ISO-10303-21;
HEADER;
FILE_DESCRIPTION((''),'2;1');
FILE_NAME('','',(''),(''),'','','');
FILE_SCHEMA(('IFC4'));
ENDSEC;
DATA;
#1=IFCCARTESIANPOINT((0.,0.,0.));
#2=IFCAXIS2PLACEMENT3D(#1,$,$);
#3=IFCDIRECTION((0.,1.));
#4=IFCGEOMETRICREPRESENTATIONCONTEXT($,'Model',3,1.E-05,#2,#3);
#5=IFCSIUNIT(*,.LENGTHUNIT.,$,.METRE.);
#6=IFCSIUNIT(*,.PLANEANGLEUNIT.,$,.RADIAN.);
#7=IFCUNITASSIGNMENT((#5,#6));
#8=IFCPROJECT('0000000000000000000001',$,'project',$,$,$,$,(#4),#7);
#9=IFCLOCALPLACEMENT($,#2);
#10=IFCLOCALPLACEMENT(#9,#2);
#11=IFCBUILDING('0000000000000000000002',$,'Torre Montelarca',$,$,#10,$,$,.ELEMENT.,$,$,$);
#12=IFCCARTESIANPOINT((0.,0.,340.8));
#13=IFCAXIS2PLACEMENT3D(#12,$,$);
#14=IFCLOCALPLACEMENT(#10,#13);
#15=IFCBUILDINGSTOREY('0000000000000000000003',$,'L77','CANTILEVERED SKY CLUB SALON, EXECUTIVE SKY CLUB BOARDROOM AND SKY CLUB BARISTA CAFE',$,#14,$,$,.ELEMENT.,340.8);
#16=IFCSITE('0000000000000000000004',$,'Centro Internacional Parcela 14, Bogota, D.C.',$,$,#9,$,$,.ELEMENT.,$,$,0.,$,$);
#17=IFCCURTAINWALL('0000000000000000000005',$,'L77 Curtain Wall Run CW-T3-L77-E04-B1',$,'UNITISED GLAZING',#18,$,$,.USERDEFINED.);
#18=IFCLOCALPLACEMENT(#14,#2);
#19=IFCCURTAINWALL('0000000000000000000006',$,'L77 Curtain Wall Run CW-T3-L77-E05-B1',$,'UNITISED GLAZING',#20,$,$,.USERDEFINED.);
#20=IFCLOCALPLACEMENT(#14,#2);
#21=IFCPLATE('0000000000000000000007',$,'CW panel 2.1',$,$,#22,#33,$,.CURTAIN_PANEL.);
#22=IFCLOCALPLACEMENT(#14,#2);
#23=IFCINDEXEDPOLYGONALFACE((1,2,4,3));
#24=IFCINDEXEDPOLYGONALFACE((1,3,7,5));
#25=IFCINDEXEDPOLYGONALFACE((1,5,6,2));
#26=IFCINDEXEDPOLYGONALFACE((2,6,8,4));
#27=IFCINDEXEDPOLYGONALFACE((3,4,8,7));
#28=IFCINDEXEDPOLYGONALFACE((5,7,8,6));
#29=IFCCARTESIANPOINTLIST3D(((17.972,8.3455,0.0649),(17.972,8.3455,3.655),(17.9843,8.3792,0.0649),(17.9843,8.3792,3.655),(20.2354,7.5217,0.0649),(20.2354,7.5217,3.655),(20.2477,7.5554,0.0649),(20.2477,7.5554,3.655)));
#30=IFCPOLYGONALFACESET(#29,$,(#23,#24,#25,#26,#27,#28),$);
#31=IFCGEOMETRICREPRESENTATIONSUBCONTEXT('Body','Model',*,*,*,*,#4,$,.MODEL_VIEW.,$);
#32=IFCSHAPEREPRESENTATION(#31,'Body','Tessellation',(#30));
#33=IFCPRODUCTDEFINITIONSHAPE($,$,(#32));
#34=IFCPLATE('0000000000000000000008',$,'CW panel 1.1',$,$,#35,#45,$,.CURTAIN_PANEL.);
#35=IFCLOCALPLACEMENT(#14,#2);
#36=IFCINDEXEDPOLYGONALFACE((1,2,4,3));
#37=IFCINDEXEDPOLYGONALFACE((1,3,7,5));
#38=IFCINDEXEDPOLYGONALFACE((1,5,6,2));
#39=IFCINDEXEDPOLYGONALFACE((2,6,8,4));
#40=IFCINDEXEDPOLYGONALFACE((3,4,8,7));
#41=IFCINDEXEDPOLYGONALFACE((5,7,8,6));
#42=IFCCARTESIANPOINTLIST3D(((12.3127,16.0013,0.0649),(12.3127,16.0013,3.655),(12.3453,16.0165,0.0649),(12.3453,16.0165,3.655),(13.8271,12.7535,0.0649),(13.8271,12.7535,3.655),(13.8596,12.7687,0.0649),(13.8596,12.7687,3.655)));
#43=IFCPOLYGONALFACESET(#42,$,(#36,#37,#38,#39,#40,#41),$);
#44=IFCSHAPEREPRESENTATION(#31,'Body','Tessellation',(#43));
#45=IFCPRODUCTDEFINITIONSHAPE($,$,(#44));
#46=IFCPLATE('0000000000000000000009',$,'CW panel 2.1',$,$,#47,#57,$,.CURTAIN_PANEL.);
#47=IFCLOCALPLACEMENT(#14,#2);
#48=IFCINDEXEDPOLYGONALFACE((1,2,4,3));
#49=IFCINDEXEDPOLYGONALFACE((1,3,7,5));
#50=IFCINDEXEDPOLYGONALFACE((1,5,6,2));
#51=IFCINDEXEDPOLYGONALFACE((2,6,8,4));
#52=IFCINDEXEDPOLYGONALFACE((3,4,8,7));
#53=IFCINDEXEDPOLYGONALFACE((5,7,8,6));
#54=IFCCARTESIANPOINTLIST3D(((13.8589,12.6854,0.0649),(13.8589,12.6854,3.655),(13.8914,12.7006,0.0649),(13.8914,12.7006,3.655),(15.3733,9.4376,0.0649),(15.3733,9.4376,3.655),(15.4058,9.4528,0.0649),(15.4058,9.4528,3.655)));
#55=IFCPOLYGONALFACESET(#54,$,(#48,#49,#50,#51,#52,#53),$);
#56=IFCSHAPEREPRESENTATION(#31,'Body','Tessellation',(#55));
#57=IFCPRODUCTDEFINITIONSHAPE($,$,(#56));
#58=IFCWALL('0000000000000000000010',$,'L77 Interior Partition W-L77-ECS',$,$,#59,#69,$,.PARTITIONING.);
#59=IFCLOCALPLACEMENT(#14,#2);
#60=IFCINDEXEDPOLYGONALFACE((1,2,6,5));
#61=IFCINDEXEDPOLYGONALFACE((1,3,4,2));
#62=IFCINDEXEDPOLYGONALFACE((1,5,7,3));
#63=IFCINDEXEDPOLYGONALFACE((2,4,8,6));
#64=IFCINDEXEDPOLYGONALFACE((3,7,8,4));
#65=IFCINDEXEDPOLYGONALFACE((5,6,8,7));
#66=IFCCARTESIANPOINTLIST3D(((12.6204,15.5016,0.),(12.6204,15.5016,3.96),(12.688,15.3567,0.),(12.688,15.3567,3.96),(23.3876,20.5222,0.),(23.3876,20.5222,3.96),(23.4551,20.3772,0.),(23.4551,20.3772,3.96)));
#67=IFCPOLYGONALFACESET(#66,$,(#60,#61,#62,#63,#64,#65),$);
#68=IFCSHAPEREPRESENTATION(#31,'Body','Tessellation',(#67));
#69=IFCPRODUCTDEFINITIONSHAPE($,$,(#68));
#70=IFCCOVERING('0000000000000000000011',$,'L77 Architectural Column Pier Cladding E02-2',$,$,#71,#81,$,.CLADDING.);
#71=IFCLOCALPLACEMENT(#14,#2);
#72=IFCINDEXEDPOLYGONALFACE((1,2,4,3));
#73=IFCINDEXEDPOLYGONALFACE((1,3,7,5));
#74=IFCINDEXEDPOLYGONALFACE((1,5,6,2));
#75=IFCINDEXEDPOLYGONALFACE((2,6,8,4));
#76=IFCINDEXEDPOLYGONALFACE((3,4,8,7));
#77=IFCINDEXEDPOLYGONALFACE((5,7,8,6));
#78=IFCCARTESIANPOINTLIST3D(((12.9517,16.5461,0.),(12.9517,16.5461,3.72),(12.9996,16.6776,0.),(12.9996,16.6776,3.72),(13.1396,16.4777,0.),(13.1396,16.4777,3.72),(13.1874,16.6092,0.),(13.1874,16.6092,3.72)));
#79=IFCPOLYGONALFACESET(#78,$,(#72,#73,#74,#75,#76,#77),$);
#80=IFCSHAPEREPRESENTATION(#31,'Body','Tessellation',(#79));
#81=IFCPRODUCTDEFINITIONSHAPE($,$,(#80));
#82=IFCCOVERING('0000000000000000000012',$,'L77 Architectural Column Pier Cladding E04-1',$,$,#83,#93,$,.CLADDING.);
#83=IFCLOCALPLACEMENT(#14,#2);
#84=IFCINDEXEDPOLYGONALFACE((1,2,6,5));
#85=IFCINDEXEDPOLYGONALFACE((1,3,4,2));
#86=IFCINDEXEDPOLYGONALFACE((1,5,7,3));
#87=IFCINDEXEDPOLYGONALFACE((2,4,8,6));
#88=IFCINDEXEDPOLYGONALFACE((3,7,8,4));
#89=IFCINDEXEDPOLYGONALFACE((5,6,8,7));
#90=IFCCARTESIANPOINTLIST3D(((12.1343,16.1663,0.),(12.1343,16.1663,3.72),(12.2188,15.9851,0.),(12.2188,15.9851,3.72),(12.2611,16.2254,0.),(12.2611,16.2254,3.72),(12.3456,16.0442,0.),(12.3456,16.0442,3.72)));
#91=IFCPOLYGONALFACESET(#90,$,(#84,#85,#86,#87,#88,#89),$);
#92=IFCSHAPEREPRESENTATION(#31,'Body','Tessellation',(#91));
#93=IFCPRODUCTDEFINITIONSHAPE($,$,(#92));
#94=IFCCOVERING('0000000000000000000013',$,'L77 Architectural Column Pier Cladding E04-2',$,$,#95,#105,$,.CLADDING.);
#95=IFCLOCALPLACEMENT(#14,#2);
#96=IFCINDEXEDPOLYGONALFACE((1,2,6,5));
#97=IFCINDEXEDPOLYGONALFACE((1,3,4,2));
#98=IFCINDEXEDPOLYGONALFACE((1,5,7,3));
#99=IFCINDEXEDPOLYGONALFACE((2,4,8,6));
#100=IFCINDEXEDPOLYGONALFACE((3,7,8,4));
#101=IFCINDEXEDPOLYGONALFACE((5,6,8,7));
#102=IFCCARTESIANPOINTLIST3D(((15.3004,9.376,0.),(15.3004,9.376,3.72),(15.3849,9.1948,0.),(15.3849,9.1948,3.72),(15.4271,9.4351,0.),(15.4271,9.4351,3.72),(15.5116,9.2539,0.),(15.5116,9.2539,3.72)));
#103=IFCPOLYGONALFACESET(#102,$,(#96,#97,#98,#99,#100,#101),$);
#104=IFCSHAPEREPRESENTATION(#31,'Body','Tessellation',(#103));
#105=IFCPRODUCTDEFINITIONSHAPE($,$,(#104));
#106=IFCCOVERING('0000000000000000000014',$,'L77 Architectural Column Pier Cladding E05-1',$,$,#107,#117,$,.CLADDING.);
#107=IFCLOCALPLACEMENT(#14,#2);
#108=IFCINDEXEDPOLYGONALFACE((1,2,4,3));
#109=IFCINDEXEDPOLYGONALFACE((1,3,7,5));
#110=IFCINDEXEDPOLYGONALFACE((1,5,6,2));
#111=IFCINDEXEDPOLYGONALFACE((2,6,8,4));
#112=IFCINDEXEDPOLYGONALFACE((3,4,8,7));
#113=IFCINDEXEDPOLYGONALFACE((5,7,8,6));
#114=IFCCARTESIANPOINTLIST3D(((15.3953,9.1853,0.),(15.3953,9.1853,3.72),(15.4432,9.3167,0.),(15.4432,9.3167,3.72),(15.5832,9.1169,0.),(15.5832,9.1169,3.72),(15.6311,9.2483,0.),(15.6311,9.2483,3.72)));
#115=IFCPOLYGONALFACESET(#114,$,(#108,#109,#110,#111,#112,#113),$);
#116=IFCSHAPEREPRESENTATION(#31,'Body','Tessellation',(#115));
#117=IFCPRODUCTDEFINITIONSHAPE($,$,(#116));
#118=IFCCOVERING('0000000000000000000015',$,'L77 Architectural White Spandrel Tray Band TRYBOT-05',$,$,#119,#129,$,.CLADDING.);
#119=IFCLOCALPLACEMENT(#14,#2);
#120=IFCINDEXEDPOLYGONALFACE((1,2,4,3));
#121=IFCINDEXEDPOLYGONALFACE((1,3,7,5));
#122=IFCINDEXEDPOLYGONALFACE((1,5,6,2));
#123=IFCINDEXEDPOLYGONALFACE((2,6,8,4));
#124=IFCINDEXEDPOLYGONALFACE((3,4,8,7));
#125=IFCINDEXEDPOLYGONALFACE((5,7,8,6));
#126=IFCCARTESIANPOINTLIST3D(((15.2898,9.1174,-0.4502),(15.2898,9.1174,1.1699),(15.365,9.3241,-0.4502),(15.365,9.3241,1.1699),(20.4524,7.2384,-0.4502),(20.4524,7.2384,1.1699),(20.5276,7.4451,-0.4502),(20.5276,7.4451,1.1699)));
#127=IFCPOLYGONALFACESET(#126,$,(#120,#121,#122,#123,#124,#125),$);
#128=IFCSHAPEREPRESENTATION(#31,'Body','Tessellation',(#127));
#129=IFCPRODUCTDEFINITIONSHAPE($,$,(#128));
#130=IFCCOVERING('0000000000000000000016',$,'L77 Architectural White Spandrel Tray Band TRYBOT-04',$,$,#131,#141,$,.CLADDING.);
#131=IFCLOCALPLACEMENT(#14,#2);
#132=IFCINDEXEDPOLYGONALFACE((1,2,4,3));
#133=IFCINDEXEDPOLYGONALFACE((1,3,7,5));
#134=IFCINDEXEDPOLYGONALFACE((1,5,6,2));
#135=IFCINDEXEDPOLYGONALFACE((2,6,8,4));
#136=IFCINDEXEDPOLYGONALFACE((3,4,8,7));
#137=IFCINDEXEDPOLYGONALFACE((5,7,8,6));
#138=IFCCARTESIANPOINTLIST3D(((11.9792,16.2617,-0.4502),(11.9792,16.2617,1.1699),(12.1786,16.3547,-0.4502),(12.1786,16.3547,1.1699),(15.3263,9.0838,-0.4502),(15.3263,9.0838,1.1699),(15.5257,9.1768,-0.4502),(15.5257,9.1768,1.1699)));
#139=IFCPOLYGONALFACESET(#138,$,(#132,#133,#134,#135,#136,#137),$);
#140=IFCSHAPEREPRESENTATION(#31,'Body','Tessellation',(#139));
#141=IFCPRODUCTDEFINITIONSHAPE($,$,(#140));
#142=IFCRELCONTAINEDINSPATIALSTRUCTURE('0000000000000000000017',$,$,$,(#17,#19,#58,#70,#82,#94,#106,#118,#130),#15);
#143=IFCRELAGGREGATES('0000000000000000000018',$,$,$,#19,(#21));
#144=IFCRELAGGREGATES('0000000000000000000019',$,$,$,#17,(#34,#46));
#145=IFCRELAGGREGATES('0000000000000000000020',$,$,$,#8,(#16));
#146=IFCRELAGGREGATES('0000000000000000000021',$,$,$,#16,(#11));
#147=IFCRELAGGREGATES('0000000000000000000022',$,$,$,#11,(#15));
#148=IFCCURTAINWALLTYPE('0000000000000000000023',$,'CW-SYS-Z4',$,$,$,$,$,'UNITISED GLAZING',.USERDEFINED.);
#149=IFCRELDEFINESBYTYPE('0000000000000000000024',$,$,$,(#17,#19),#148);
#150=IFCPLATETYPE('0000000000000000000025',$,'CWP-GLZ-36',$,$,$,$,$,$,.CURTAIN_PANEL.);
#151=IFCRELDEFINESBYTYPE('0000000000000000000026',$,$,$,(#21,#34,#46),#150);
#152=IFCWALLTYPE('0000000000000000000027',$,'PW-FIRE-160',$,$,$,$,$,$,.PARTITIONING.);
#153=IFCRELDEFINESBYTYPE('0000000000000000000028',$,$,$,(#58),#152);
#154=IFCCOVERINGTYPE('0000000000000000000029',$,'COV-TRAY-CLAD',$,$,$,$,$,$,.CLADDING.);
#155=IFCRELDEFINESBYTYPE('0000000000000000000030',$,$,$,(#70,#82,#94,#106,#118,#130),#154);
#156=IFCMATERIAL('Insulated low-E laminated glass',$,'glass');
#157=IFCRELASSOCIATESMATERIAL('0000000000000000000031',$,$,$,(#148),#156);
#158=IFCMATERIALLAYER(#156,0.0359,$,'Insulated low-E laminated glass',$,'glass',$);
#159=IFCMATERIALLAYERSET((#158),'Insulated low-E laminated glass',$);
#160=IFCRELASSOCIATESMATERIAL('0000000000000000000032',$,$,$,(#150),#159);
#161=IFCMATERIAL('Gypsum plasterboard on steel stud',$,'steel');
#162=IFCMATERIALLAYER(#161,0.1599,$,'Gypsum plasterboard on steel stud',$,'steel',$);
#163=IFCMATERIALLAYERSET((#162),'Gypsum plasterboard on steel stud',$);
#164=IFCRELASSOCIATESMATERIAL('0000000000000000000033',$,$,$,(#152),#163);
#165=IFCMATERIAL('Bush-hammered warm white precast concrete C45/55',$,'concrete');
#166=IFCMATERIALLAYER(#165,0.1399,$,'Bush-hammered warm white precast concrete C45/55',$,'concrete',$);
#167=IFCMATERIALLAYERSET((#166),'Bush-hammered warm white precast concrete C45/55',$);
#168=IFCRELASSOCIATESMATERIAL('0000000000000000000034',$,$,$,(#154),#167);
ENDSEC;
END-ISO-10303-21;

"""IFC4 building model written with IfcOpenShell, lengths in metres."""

from ifc_helpers import new_model, si_unit, direction, frame, frame_2d, origin, origin_2d, place, context, subcontext, project, spatial, rectangle, extrude, source, transform, mapped, material, layer, layer_set, type_object, element, aggregate, save


model = new_model("IFC4")

# Units and contexts
model_context = context("Model", 3, precision=1e-05, world=origin(), true_north=direction((0.0, 1.0)))
body_context = subcontext(model_context, "Body", "Model", "MODEL_VIEW")
ifc_project = project(units=[si_unit("LENGTHUNIT", "METRE"), si_unit("PLANEANGLEUNIT", "RADIAN")], contexts=[model_context])

# Site, building, storey
site_placement = place(None, origin())
site = spatial("IfcSite", under=ifc_project, at=site_placement, Name="Centro Internacional Parcela 14, Bogota, D.C.", CompositionType="ELEMENT", RefElevation=0.0)
building_placement = place(site_placement, origin())
building = spatial("IfcBuilding", under=site, at=building_placement, Name="Torre Montelarca", CompositionType="ELEMENT")
storey_placement = place(building_placement, frame((0.0, 0.0, 340.8)))
storey = spatial("IfcBuildingStorey", under=building, at=storey_placement, Name="L77", Description="CANTILEVERED SKY CLUB SALON, EXECUTIVE SKY CLUB BOARDROOM AND SKY CLUB BARISTA CAFE", CompositionType="ELEMENT", Elevation=340.8)

# Shared definitions
ifc_material_1 = material(Name="Insulated low-E laminated glass", Category="glass")
curtain_wall_type = type_object("IfcCurtainWallType", Name="CW-SYS-Z4", ElementType="UNITISED GLAZING", PredefinedType="USERDEFINED", material=ifc_material_1)

# Curtain walls
curtain_wall_1_placement = place(storey_placement, origin())
curtain_wall_1 = element("IfcCurtainWall", 1, at=curtain_wall_1_placement, inside=storey, type_object=curtain_wall_type, Name="L77 Curtain Wall Run CW-T3-L77-E04-B1", ObjectType="UNITISED GLAZING", PredefinedType="USERDEFINED")
curtain_wall_2_placement = place(storey_placement, origin())
curtain_wall_2 = element("IfcCurtainWall", 2, at=curtain_wall_2_placement, inside=storey, type_object=curtain_wall_type, Name="L77 Curtain Wall Run CW-T3-L77-E05-B1", ObjectType="UNITISED GLAZING", PredefinedType="USERDEFINED")

# Plates
ifc_layer_1 = layer(ifc_material_1, 0.0359, Name="Insulated low-E laminated glass", Category="glass")
ifc_layer_set_1 = layer_set([ifc_layer_1], Name="Insulated low-E laminated glass")
plate_type = type_object("IfcPlateType", Name="CWP-GLZ-36", PredefinedType="CURTAIN_PANEL", material=ifc_layer_set_1)
shared_shape_1 = source(origin(), body_context, "Body", "SweptSolid", [
    extrude(rectangle(XDim=2.4087, YDim=0.0359, at=origin_2d()), origin(), (0.0, 0.0, 1.0), 3.5901),
])
plate_1_placement = place(storey_placement, frame((19.1099, 7.9504, 0.0649), z_axis=(0.0, 0.0, 1.0), x_axis=(0.939694, -0.342015, 0.0)))
plate_1 = element("IfcPlate", 3, at=plate_1_placement, type_object=plate_type, Name="CW panel 2.1", PredefinedType="CURTAIN_PANEL", context=body_context, shape_type="MappedRepresentation", body=[
    mapped(shared_shape_1, transform((0.0, 0.0, 0.0), scale=1.0)),
])
aggregate(curtain_wall_2, [plate_1])
shared_shape_2 = source(origin(), body_context, "Body", "SweptSolid", [
    extrude(rectangle(XDim=3.5835, YDim=0.0359, at=origin_2d()), origin(), (0.0, 0.0, 1.0), 3.5901),
])
plate_2_placement = place(storey_placement, frame((13.0862, 14.385, 0.0649), z_axis=(0.0, 0.0, 1.0), x_axis=(0.422599, -0.906317, 0.0)))
plate_2 = element("IfcPlate", 4, at=plate_2_placement, type_object=plate_type, Name="CW panel 1.1", PredefinedType="CURTAIN_PANEL", context=body_context, shape_type="MappedRepresentation", body=[
    mapped(shared_shape_2, transform((0.0, 0.0, 0.0), scale=1.0)),
])
plate_3_placement = place(storey_placement, frame((14.6323, 11.0691, 0.0649), z_axis=(0.0, 0.0, 1.0), x_axis=(0.422599, -0.906317, 0.0)))
plate_3 = element("IfcPlate", 5, at=plate_3_placement, type_object=plate_type, Name="CW panel 2.1", PredefinedType="CURTAIN_PANEL", context=body_context, shape_type="MappedRepresentation", body=[
    mapped(shared_shape_2, transform((0.0, 0.0, 0.0), scale=1.0)),
])
aggregate(curtain_wall_1, [plate_2, plate_3])

# Wall
ifc_material_2 = material(Name="Gypsum plasterboard on steel stud", Category="steel")
ifc_layer_2 = layer(ifc_material_2, 0.1599, Name="Gypsum plasterboard on steel stud", Category="steel")
ifc_layer_set_2 = layer_set([ifc_layer_2], Name="Gypsum plasterboard on steel stud")
wall_type = type_object("IfcWallType", Name="PW-FIRE-160", PredefinedType="PARTITIONING", material=ifc_layer_set_2)
wall_placement = place(storey_placement, frame((12.6543, 15.4292, 0.0), z_axis=(0.0, 0.0, 1.0), x_axis=(0.906316, 0.4226, 0.0)))
element("IfcWall", 6, at=wall_placement, inside=storey, type_object=wall_type, Name="L77 Interior Partition W-L77-ECS", PredefinedType="PARTITIONING", context=body_context, shape_type="SweptSolid", body=[
    extrude(rectangle(XDim=11.8801, YDim=0.1599, at=frame_2d((5.9399, 0.0))), origin(), (0.0, 0.0, 1.0), 3.96),
])

# Coverings
ifc_material_3 = material(Name="Bush-hammered warm white precast concrete C45/55", Category="concrete")
ifc_layer_3 = layer(ifc_material_3, 0.1399, Name="Bush-hammered warm white precast concrete C45/55", Category="concrete")
ifc_layer_set_3 = layer_set([ifc_layer_3], Name="Bush-hammered warm white precast concrete C45/55")
covering_type = type_object("IfcCoveringType", Name="COV-TRAY-CLAD", PredefinedType="CLADDING", material=ifc_layer_set_3)
shared_shape_3 = source(origin(), body_context, "Body", "SweptSolid", [
    extrude(rectangle(XDim=0.2, YDim=0.1399, at=origin_2d()), origin(), (0.0, 0.0, 1.0), 3.72),
])
for number, where, z_axis, x_axis, name in (
    (7, (13.0696, 16.5776, 0.0), (0.0, 0.0, 1.0), (0.939693, -0.342019, 0.0), "L77 Architectural Column Pier Cladding E02-2"),
    (8, (12.24, 16.1052, 0.0), (0.0, 0.0, 1.0), (0.42261, -0.906311, 0.0), "L77 Architectural Column Pier Cladding E04-1"),
    (9, (15.406, 9.3149, 0.0), (0.0, 0.0, 1.0), (0.42261, -0.906311, 0.0), "L77 Architectural Column Pier Cladding E04-2"),
    (10, (15.5132, 9.2168, 0.0), (0.0, 0.0, 1.0), (0.939696, -0.34201, 0.0), "L77 Architectural Column Pier Cladding E05-1"),
):
    element("IfcCovering", number, at=place(storey_placement, frame(where, z_axis=z_axis, x_axis=x_axis)), inside=storey, type_object=covering_type, Name=name, PredefinedType="CLADDING", context=body_context, shape_type="MappedRepresentation", body=[
        mapped(shared_shape_3, transform((0.0, 0.0, 0.0), scale=1.0)),
    ])
shared_shape_4 = source(origin(), body_context, "Body", "SweptSolid", [
    extrude(rectangle(XDim=5.4939, YDim=0.22, at=origin_2d()), origin(), (0.0, 0.0, 1.0), 1.6201),
])
covering_1_placement = place(storey_placement, frame((17.9087, 8.2812, -0.4502), z_axis=(0.0, 0.0, 1.0), x_axis=(0.939693, -0.342019, 0.0)))
element("IfcCovering", 11, at=covering_1_placement, inside=storey, type_object=covering_type, Name="L77 Architectural White Spandrel Tray Band TRYBOT-05", PredefinedType="CLADDING", context=body_context, shape_type="MappedRepresentation", body=[
    mapped(shared_shape_4, transform((0.0, 0.0, 0.0), scale=1.0)),
])
shared_shape_5 = source(origin(), body_context, "Body", "SweptSolid", [
    extrude(rectangle(XDim=7.9199, YDim=0.22, at=origin_2d()), origin(), (0.0, 0.0, 1.0), 1.6201),
])
covering_2_placement = place(storey_placement, frame((13.7524, 12.7192, -0.4502), z_axis=(0.0, 0.0, 1.0), x_axis=(0.422617, -0.906309, 0.0)))
element("IfcCovering", 12, at=covering_2_placement, inside=storey, type_object=covering_type, Name="L77 Architectural White Spandrel Tray Band TRYBOT-04", PredefinedType="CLADDING", context=body_context, shape_type="MappedRepresentation", body=[
    mapped(shared_shape_5, transform((0.0, 0.0, 0.0), scale=1.0)),
])

save(model, "model.ifc")
